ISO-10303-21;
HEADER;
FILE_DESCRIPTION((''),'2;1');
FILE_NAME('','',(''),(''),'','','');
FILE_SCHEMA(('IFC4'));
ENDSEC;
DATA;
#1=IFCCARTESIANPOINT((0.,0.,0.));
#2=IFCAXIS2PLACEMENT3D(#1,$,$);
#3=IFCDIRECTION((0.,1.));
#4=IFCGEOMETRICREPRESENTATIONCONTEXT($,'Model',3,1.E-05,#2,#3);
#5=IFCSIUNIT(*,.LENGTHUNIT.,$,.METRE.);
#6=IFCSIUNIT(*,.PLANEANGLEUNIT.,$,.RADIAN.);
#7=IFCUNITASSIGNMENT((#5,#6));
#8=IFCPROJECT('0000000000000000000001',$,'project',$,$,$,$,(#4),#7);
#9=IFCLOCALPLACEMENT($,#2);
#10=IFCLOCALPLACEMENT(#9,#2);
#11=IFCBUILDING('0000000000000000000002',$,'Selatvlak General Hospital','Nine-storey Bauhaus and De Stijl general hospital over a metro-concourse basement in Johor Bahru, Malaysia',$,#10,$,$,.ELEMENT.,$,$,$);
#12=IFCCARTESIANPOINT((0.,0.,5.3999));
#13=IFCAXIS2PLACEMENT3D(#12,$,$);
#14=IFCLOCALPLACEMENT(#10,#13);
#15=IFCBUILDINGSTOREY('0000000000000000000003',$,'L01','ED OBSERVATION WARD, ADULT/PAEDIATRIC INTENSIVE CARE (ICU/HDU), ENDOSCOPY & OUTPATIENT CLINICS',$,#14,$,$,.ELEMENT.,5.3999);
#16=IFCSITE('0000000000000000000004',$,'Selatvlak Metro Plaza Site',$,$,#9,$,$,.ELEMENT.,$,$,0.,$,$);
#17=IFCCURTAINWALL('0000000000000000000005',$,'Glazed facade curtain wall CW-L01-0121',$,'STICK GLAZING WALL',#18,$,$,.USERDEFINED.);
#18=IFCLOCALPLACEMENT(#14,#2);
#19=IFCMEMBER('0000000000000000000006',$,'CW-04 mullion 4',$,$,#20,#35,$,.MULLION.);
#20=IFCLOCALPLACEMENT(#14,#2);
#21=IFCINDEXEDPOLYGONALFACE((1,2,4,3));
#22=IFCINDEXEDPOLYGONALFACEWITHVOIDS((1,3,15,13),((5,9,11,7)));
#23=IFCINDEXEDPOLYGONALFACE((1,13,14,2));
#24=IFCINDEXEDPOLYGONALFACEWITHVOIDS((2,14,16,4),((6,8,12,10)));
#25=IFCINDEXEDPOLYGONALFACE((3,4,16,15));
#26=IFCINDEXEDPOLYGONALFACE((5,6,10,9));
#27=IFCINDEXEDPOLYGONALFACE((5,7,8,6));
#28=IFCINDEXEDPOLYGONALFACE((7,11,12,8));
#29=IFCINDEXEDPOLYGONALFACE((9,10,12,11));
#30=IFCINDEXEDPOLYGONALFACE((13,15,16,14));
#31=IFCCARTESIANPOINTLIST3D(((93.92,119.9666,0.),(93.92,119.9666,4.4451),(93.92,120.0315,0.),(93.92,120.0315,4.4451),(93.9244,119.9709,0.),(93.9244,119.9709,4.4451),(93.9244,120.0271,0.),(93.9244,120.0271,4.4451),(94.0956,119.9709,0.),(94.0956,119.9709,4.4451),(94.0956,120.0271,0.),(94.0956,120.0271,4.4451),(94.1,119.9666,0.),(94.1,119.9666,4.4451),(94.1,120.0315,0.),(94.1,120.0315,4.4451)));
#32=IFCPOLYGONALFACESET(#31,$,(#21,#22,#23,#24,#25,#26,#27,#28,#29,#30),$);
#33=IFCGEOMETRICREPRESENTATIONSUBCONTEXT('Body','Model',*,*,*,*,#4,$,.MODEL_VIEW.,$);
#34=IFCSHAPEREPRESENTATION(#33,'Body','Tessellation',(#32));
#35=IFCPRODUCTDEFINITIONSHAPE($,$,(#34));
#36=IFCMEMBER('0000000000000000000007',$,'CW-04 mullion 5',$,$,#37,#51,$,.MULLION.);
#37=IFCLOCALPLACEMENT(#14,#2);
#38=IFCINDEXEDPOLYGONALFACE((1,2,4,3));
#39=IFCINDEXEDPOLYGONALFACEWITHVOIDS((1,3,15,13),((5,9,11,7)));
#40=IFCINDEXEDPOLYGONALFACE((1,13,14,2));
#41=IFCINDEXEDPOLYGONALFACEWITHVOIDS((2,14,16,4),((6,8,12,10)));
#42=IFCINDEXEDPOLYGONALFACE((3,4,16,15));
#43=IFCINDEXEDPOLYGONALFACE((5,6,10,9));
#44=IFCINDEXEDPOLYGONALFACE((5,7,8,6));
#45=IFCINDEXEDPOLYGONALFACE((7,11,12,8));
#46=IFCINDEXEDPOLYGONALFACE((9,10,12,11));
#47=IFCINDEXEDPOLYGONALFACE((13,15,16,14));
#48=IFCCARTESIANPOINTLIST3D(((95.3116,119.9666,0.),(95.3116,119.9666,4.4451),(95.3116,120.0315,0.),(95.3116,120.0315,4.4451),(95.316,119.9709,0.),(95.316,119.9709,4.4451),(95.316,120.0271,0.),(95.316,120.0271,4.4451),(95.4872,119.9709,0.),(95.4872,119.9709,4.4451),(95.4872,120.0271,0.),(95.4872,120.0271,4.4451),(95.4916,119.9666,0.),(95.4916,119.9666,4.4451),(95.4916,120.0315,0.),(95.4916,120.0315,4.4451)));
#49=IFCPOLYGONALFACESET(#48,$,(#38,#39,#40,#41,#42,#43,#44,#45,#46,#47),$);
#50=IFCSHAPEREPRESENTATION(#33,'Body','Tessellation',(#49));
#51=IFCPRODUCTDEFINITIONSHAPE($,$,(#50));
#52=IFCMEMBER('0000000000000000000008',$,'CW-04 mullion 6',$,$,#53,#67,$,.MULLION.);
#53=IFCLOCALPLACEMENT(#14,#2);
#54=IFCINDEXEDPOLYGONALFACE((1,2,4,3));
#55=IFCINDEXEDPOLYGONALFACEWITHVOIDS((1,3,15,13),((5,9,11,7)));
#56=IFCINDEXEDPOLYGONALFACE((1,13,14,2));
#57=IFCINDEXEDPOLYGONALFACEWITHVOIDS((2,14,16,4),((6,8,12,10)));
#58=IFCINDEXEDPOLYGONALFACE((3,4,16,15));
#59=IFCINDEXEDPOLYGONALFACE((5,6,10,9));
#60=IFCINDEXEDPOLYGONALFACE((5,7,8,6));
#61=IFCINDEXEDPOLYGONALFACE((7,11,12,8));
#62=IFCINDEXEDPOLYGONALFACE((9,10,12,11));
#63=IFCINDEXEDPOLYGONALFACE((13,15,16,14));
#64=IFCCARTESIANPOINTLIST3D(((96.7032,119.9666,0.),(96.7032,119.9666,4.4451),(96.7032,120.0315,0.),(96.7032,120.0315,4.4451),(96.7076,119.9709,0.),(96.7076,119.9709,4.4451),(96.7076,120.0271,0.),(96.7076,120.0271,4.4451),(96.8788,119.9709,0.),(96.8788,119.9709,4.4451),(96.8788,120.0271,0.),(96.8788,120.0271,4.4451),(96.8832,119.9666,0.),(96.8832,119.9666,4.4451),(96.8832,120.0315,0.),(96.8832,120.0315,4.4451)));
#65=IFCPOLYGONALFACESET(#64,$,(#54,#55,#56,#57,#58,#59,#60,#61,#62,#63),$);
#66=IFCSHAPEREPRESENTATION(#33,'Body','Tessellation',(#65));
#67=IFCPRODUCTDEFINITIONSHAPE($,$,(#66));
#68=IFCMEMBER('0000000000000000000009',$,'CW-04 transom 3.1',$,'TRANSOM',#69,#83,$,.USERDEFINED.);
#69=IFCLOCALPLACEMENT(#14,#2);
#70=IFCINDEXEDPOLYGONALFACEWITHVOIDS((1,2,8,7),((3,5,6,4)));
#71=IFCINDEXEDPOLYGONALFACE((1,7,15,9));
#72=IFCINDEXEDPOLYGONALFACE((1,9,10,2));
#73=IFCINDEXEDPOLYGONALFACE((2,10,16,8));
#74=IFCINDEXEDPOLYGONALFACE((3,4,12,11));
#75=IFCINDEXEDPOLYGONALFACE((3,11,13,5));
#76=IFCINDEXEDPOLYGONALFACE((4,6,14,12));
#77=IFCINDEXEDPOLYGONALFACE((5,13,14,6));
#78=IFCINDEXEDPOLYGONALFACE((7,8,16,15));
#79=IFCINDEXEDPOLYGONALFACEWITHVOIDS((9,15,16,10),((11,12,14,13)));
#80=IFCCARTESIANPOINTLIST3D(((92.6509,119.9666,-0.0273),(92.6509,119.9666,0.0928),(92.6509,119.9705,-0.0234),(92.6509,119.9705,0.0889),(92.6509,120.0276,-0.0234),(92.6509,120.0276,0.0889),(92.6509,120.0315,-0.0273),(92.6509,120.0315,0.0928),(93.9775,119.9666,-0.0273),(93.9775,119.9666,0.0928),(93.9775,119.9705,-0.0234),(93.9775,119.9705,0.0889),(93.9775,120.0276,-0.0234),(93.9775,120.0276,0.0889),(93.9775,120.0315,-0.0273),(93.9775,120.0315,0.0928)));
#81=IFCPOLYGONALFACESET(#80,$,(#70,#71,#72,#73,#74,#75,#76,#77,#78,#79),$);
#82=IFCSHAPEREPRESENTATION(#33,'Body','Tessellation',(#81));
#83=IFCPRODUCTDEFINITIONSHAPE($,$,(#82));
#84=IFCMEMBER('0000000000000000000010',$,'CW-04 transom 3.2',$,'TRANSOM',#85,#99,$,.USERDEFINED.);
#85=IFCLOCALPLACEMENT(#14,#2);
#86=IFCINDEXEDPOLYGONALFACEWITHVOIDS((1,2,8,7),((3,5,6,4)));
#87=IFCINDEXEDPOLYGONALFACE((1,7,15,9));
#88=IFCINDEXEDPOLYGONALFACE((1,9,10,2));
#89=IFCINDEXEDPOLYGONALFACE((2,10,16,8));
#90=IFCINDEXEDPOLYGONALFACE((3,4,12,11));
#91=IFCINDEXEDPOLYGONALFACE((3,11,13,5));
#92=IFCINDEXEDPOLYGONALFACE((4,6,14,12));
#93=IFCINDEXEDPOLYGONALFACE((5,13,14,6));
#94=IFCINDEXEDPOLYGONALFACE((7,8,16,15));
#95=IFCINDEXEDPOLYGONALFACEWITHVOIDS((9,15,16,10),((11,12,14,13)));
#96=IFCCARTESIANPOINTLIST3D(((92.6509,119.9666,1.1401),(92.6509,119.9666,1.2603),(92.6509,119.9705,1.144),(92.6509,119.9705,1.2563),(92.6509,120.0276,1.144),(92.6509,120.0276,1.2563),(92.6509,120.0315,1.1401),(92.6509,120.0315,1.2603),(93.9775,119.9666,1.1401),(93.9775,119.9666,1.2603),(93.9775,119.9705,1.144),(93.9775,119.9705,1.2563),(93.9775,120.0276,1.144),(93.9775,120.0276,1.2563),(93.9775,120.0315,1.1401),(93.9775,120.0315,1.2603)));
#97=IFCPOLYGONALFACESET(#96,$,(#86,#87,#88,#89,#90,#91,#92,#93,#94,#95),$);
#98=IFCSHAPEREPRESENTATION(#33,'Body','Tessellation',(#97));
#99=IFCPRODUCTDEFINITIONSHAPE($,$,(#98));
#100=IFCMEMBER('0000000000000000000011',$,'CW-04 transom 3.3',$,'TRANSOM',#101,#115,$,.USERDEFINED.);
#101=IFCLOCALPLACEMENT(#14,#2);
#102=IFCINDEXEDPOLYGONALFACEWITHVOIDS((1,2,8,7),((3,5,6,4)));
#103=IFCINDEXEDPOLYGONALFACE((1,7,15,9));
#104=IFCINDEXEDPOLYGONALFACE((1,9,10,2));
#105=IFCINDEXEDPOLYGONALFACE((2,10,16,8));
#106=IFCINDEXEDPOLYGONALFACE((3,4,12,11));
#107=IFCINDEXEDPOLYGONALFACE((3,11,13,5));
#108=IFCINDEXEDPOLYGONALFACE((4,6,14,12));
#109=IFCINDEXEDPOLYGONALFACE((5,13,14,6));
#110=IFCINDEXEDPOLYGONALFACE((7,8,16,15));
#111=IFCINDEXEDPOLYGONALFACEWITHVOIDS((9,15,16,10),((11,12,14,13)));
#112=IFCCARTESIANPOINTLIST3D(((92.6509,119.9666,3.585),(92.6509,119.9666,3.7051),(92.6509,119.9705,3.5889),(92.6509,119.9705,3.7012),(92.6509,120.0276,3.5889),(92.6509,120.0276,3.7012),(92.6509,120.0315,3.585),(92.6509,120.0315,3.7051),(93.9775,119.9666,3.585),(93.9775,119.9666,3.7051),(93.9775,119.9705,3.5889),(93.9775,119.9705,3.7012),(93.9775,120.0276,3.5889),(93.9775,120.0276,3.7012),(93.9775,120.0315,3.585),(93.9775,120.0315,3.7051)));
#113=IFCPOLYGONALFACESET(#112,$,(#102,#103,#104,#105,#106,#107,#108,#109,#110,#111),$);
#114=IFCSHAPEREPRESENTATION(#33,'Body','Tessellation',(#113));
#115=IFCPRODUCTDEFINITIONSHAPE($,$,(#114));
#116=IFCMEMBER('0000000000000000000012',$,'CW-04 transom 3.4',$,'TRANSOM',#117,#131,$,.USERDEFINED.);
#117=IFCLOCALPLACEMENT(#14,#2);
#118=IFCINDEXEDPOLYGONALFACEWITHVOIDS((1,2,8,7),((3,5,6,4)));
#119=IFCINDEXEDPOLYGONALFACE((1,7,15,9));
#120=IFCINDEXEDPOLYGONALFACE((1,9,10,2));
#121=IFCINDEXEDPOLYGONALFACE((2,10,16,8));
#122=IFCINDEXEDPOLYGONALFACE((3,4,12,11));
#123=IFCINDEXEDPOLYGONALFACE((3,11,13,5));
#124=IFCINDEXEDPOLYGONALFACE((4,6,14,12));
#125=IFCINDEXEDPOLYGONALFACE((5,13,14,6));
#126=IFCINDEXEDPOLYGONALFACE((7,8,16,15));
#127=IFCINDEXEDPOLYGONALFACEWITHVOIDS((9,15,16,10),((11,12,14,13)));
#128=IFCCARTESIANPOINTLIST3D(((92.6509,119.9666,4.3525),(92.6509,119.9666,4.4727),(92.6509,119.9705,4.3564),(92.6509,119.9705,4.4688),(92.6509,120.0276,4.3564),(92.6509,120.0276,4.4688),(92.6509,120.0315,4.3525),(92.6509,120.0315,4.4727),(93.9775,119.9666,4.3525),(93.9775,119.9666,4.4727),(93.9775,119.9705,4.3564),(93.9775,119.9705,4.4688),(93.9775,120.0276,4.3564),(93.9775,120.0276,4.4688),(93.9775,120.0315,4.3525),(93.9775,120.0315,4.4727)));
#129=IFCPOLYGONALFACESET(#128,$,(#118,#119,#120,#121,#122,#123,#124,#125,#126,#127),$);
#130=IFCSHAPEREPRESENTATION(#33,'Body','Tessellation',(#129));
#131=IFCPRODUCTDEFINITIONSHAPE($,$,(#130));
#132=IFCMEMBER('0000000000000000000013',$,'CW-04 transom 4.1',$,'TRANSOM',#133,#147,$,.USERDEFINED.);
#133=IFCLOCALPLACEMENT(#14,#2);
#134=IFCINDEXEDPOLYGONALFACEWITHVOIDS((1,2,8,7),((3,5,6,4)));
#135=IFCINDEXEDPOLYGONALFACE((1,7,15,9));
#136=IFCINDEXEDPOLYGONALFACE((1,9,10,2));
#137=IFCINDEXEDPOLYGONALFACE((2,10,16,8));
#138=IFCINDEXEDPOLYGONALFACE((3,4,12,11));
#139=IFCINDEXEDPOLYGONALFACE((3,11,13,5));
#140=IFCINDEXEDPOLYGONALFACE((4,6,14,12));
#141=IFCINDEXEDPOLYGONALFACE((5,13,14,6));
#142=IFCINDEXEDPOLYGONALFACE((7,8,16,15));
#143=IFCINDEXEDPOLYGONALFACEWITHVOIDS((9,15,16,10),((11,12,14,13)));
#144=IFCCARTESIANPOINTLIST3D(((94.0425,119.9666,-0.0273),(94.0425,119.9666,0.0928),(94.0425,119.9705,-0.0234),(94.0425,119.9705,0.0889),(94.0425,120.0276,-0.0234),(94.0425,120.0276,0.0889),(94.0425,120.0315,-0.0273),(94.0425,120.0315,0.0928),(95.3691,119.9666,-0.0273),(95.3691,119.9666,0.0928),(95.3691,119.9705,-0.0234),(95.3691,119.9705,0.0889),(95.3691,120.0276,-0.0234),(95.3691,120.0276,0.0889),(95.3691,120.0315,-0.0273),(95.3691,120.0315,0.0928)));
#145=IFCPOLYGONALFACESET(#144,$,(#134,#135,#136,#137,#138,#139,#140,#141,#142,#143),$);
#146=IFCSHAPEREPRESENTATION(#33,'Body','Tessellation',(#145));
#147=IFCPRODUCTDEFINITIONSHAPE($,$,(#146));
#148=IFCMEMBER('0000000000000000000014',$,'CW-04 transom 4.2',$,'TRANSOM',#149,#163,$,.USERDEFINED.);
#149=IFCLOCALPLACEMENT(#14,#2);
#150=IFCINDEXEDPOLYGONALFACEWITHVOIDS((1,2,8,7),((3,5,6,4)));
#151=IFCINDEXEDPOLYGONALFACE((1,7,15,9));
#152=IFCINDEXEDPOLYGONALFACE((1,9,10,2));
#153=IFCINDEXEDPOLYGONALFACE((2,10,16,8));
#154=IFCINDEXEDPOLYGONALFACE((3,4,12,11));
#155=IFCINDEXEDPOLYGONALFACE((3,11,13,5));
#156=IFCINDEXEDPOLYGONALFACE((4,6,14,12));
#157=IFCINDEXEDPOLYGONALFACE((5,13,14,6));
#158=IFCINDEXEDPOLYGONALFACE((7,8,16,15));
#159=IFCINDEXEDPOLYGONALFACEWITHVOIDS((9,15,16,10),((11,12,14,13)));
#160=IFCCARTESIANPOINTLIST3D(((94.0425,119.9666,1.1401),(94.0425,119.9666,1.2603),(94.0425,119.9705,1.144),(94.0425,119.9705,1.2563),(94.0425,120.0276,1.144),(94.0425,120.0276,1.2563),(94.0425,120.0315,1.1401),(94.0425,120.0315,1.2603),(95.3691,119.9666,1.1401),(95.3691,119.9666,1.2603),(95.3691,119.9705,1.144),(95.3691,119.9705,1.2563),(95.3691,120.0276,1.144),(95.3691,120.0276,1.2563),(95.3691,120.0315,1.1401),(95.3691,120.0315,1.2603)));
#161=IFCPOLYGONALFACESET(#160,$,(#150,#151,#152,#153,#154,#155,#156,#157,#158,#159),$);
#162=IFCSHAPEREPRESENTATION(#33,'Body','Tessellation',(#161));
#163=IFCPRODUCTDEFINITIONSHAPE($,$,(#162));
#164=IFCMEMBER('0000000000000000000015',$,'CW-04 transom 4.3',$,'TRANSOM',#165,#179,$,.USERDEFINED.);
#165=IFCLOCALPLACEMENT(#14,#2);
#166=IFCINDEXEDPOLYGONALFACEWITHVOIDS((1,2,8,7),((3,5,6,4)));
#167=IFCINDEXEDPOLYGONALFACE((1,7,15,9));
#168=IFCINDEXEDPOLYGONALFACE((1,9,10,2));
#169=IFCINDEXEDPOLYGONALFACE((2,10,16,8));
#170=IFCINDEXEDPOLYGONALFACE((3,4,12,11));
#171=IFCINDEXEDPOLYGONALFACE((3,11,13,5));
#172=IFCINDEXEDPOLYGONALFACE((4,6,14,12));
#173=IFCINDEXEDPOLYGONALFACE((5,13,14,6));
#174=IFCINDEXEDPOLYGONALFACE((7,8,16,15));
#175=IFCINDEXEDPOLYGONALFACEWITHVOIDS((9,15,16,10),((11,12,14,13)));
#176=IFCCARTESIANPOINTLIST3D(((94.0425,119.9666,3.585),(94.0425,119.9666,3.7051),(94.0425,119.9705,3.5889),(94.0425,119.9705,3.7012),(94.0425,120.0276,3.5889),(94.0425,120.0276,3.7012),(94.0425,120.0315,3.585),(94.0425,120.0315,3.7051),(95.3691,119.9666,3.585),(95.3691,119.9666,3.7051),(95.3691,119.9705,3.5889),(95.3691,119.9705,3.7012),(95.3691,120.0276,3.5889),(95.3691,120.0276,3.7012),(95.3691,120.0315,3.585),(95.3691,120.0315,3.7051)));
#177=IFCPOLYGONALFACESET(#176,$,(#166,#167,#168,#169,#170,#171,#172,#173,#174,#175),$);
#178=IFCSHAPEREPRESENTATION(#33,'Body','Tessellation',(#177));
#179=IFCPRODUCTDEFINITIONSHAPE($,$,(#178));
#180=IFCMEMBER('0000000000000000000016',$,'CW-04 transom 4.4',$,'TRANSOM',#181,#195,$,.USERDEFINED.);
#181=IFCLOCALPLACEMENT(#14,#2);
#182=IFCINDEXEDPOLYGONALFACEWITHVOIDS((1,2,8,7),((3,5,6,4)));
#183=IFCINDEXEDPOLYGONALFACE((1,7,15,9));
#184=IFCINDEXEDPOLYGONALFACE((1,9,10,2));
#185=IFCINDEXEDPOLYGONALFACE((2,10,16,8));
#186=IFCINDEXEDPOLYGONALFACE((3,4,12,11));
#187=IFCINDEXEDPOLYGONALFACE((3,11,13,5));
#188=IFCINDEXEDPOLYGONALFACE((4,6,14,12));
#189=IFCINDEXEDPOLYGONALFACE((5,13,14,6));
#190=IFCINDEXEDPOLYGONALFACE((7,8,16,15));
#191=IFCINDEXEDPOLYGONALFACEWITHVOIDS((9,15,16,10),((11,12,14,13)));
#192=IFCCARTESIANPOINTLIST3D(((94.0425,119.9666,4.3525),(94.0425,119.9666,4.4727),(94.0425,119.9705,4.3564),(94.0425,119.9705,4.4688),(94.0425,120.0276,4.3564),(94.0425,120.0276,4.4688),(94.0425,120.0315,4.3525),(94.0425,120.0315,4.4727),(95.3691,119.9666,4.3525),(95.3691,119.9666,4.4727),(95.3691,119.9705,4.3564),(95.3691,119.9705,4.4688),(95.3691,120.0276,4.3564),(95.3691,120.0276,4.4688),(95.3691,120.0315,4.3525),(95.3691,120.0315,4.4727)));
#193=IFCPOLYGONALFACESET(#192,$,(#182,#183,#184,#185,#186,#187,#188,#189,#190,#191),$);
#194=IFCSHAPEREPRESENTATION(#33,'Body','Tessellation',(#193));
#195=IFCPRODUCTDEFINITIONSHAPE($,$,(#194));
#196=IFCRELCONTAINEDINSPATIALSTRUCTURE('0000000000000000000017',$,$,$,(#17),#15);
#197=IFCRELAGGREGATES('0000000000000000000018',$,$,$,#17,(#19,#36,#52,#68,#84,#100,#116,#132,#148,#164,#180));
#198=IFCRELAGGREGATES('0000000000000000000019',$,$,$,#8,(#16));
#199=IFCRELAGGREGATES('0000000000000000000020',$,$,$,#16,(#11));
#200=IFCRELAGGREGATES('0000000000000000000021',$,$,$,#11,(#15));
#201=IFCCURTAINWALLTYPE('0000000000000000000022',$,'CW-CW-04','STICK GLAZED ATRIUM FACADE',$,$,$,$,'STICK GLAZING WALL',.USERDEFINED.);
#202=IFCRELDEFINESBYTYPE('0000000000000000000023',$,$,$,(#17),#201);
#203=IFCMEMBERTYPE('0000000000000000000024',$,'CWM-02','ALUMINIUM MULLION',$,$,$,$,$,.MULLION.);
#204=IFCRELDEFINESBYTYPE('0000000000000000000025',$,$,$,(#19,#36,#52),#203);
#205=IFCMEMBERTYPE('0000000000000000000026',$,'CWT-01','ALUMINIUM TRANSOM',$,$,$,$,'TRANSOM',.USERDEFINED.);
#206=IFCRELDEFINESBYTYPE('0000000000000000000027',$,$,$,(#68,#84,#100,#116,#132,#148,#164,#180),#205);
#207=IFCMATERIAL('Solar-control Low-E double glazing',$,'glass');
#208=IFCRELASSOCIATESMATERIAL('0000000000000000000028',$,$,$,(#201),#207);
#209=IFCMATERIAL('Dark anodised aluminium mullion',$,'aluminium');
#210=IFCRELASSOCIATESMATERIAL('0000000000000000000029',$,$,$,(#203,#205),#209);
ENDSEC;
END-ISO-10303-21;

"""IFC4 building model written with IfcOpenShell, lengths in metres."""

from ifc_helpers import new_model, si_unit, direction, frame, origin, origin_2d, place, context, subcontext, project, spatial, hollow_rectangle, extrude, material, material_profile, profile_set, type_object, element, aggregate, save


model = new_model("IFC4")

# Units and contexts
model_context = context("Model", 3, precision=1e-05, world=origin(), true_north=direction((0.0, 1.0)))
body_context = subcontext(model_context, "Body", "Model", "MODEL_VIEW")
ifc_project = project(units=[si_unit("LENGTHUNIT", "METRE"), si_unit("PLANEANGLEUNIT", "RADIAN")], contexts=[model_context])

# Site, building, storey
site_placement = place(None, origin())
site = spatial("IfcSite", under=ifc_project, at=site_placement, Name="Selatvlak Metro Plaza Site", CompositionType="ELEMENT", RefElevation=0.0)
building_placement = place(site_placement, origin())
building = spatial("IfcBuilding", under=site, at=building_placement, Name="Selatvlak General Hospital", Description="Nine-storey Bauhaus and De Stijl general hospital over a metro-concourse basement in Johor Bahru, Malaysia", CompositionType="ELEMENT")
storey_placement = place(building_placement, frame((0.0, 0.0, 5.3999)))
storey = spatial("IfcBuildingStorey", under=building, at=storey_placement, Name="L01", Description="ED OBSERVATION WARD, ADULT/PAEDIATRIC INTENSIVE CARE (ICU/HDU), ENDOSCOPY & OUTPATIENT CLINICS", CompositionType="ELEMENT", Elevation=5.3999)

# Curtain wall, members
ifc_material_1 = material(Name="Solar-control Low-E double glazing", Category="glass")
curtain_wall_type = type_object("IfcCurtainWallType", Name="CW-CW-04", Description="STICK GLAZED ATRIUM FACADE", ElementType="STICK GLAZING WALL", PredefinedType="USERDEFINED", material=ifc_material_1)
curtain_wall_placement = place(storey_placement, origin())
curtain_wall = element("IfcCurtainWall", 1, at=curtain_wall_placement, inside=storey, type_object=curtain_wall_type, Name="Glazed facade curtain wall CW-L01-0121", ObjectType="STICK GLAZING WALL", PredefinedType="USERDEFINED")
ifc_material_2 = material(Name="Dark anodised aluminium mullion", Category="aluminium")
ifc_material_profile_1 = material_profile(ifc_material_2, hollow_rectangle(XDim=0.0649, YDim=0.1799, WallThickness=0.0044, at=origin_2d()), Name="AL-MUL 65x180x4.5")
ifc_profile_set_1 = profile_set([ifc_material_profile_1], Name="Dark anodised aluminium mullion")
member_type_1 = type_object("IfcMemberType", Name="CWM-02", Description="ALUMINIUM MULLION", PredefinedType="MULLION", material=ifc_profile_set_1)
member_1_placement = place(storey_placement, frame((94.01, 119.999, 0.0), z_axis=(0.0, 0.0, 1.0), x_axis=(0.0, 1.0, 0.0)))
member_1 = element("IfcMember", 2, at=member_1_placement, type_object=member_type_1, Name="CW-04 mullion 4", PredefinedType="MULLION", context=body_context, shape_type="SweptSolid", body=[
    extrude(hollow_rectangle(XDim=0.0649, YDim=0.1799, WallThickness=0.0044, at=origin_2d()), origin(), (0.0, 0.0, 1.0), 4.4451),
])
member_2_placement = place(storey_placement, frame((95.4016, 119.999, 0.0), z_axis=(0.0, 0.0, 1.0), x_axis=(0.0, 1.0, 0.0)))
member_2 = element("IfcMember", 3, at=member_2_placement, type_object=member_type_1, Name="CW-04 mullion 5", PredefinedType="MULLION", context=body_context, shape_type="SweptSolid", body=[
    extrude(hollow_rectangle(XDim=0.0649, YDim=0.1799, WallThickness=0.0044, at=origin_2d()), origin(), (0.0, 0.0, 1.0), 4.4451),
])
member_3_placement = place(storey_placement, frame((96.7932, 119.999, 0.0), z_axis=(0.0, 0.0, 1.0), x_axis=(0.0, 1.0, 0.0)))
member_3 = element("IfcMember", 4, at=member_3_placement, type_object=member_type_1, Name="CW-04 mullion 6", PredefinedType="MULLION", context=body_context, shape_type="SweptSolid", body=[
    extrude(hollow_rectangle(XDim=0.0649, YDim=0.1799, WallThickness=0.0044, at=origin_2d()), origin(), (0.0, 0.0, 1.0), 4.4451),
])
ifc_material_profile_2 = material_profile(ifc_material_2, hollow_rectangle(XDim=0.0649, YDim=0.1201, WallThickness=0.0039, at=origin_2d()), Name="AL-TRN 65x120x4")
ifc_profile_set_2 = profile_set([ifc_material_profile_2], Name="Dark anodised aluminium mullion")
member_type_2 = type_object("IfcMemberType", Name="CWT-01", Description="ALUMINIUM TRANSOM", ElementType="TRANSOM", PredefinedType="USERDEFINED", material=ifc_profile_set_2)
member_4_placement = place(storey_placement, frame((92.6509, 119.999, 0.0327), z_axis=(1.0, 0.0, 0.0), x_axis=(0.0, 1.0, 0.0)))
member_4 = element("IfcMember", 5, at=member_4_placement, type_object=member_type_2, Name="CW-04 transom 3.1", ObjectType="TRANSOM", PredefinedType="USERDEFINED", context=body_context, shape_type="SweptSolid", body=[
    extrude(hollow_rectangle(XDim=0.0649, YDim=0.1201, WallThickness=0.0039, at=origin_2d()), origin(), (0.0, 0.0, 1.0), 1.3267),
])
member_5_placement = place(storey_placement, frame((92.6509, 119.999, 1.2002), z_axis=(1.0, 0.0, 0.0), x_axis=(0.0, 1.0, 0.0)))
member_5 = element("IfcMember", 6, at=member_5_placement, type_object=member_type_2, Name="CW-04 transom 3.2", ObjectType="TRANSOM", PredefinedType="USERDEFINED", context=body_context, shape_type="SweptSolid", body=[
    extrude(hollow_rectangle(XDim=0.0649, YDim=0.1201, WallThickness=0.0039, at=origin_2d()), origin(), (0.0, 0.0, 1.0), 1.3267),
])
member_6_placement = place(storey_placement, frame((92.6509, 119.999, 3.645), z_axis=(1.0, 0.0, 0.0), x_axis=(0.0, 1.0, 0.0)))
member_6 = element("IfcMember", 7, at=member_6_placement, type_object=member_type_2, Name="CW-04 transom 3.3", ObjectType="TRANSOM", PredefinedType="USERDEFINED", context=body_context, shape_type="SweptSolid", body=[
    extrude(hollow_rectangle(XDim=0.0649, YDim=0.1201, WallThickness=0.0039, at=origin_2d()), origin(), (0.0, 0.0, 1.0), 1.3267),
])
member_7_placement = place(storey_placement, frame((92.6509, 119.999, 4.4126), z_axis=(1.0, 0.0, 0.0), x_axis=(0.0, 1.0, 0.0)))
member_7 = element("IfcMember", 8, at=member_7_placement, type_object=member_type_2, Name="CW-04 transom 3.4", ObjectType="TRANSOM", PredefinedType="USERDEFINED", context=body_context, shape_type="SweptSolid", body=[
    extrude(hollow_rectangle(XDim=0.0649, YDim=0.1201, WallThickness=0.0039, at=origin_2d()), origin(), (0.0, 0.0, 1.0), 1.3267),
])
member_8_placement = place(storey_placement, frame((94.0425, 119.999, 0.0327), z_axis=(1.0, 0.0, 0.0), x_axis=(0.0, 1.0, 0.0)))
member_8 = element("IfcMember", 9, at=member_8_placement, type_object=member_type_2, Name="CW-04 transom 4.1", ObjectType="TRANSOM", PredefinedType="USERDEFINED", context=body_context, shape_type="SweptSolid", body=[
    extrude(hollow_rectangle(XDim=0.0649, YDim=0.1201, WallThickness=0.0039, at=origin_2d()), origin(), (0.0, 0.0, 1.0), 1.3267),
])
member_9_placement = place(storey_placement, frame((94.0425, 119.999, 1.2002), z_axis=(1.0, 0.0, 0.0), x_axis=(0.0, 1.0, 0.0)))
member_9 = element("IfcMember", 10, at=member_9_placement, type_object=member_type_2, Name="CW-04 transom 4.2", ObjectType="TRANSOM", PredefinedType="USERDEFINED", context=body_context, shape_type="SweptSolid", body=[
    extrude(hollow_rectangle(XDim=0.0649, YDim=0.1201, WallThickness=0.0039, at=origin_2d()), origin(), (0.0, 0.0, 1.0), 1.3267),
])
member_10_placement = place(storey_placement, frame((94.0425, 119.999, 3.645), z_axis=(1.0, 0.0, 0.0), x_axis=(0.0, 1.0, 0.0)))
member_10 = element("IfcMember", 11, at=member_10_placement, type_object=member_type_2, Name="CW-04 transom 4.3", ObjectType="TRANSOM", PredefinedType="USERDEFINED", context=body_context, shape_type="SweptSolid", body=[
    extrude(hollow_rectangle(XDim=0.0649, YDim=0.1201, WallThickness=0.0039, at=origin_2d()), origin(), (0.0, 0.0, 1.0), 1.3267),
])
member_11_placement = place(storey_placement, frame((94.0425, 119.999, 4.4126), z_axis=(1.0, 0.0, 0.0), x_axis=(0.0, 1.0, 0.0)))
member_11 = element("IfcMember", 12, at=member_11_placement, type_object=member_type_2, Name="CW-04 transom 4.4", ObjectType="TRANSOM", PredefinedType="USERDEFINED", context=body_context, shape_type="SweptSolid", body=[
    extrude(hollow_rectangle(XDim=0.0649, YDim=0.1201, WallThickness=0.0039, at=origin_2d()), origin(), (0.0, 0.0, 1.0), 1.3267),
])
aggregate(curtain_wall, [member_1, member_2, member_3, member_4, member_5, member_6, member_7, member_8, member_9, member_10, member_11])

save(model, "model.ifc")
